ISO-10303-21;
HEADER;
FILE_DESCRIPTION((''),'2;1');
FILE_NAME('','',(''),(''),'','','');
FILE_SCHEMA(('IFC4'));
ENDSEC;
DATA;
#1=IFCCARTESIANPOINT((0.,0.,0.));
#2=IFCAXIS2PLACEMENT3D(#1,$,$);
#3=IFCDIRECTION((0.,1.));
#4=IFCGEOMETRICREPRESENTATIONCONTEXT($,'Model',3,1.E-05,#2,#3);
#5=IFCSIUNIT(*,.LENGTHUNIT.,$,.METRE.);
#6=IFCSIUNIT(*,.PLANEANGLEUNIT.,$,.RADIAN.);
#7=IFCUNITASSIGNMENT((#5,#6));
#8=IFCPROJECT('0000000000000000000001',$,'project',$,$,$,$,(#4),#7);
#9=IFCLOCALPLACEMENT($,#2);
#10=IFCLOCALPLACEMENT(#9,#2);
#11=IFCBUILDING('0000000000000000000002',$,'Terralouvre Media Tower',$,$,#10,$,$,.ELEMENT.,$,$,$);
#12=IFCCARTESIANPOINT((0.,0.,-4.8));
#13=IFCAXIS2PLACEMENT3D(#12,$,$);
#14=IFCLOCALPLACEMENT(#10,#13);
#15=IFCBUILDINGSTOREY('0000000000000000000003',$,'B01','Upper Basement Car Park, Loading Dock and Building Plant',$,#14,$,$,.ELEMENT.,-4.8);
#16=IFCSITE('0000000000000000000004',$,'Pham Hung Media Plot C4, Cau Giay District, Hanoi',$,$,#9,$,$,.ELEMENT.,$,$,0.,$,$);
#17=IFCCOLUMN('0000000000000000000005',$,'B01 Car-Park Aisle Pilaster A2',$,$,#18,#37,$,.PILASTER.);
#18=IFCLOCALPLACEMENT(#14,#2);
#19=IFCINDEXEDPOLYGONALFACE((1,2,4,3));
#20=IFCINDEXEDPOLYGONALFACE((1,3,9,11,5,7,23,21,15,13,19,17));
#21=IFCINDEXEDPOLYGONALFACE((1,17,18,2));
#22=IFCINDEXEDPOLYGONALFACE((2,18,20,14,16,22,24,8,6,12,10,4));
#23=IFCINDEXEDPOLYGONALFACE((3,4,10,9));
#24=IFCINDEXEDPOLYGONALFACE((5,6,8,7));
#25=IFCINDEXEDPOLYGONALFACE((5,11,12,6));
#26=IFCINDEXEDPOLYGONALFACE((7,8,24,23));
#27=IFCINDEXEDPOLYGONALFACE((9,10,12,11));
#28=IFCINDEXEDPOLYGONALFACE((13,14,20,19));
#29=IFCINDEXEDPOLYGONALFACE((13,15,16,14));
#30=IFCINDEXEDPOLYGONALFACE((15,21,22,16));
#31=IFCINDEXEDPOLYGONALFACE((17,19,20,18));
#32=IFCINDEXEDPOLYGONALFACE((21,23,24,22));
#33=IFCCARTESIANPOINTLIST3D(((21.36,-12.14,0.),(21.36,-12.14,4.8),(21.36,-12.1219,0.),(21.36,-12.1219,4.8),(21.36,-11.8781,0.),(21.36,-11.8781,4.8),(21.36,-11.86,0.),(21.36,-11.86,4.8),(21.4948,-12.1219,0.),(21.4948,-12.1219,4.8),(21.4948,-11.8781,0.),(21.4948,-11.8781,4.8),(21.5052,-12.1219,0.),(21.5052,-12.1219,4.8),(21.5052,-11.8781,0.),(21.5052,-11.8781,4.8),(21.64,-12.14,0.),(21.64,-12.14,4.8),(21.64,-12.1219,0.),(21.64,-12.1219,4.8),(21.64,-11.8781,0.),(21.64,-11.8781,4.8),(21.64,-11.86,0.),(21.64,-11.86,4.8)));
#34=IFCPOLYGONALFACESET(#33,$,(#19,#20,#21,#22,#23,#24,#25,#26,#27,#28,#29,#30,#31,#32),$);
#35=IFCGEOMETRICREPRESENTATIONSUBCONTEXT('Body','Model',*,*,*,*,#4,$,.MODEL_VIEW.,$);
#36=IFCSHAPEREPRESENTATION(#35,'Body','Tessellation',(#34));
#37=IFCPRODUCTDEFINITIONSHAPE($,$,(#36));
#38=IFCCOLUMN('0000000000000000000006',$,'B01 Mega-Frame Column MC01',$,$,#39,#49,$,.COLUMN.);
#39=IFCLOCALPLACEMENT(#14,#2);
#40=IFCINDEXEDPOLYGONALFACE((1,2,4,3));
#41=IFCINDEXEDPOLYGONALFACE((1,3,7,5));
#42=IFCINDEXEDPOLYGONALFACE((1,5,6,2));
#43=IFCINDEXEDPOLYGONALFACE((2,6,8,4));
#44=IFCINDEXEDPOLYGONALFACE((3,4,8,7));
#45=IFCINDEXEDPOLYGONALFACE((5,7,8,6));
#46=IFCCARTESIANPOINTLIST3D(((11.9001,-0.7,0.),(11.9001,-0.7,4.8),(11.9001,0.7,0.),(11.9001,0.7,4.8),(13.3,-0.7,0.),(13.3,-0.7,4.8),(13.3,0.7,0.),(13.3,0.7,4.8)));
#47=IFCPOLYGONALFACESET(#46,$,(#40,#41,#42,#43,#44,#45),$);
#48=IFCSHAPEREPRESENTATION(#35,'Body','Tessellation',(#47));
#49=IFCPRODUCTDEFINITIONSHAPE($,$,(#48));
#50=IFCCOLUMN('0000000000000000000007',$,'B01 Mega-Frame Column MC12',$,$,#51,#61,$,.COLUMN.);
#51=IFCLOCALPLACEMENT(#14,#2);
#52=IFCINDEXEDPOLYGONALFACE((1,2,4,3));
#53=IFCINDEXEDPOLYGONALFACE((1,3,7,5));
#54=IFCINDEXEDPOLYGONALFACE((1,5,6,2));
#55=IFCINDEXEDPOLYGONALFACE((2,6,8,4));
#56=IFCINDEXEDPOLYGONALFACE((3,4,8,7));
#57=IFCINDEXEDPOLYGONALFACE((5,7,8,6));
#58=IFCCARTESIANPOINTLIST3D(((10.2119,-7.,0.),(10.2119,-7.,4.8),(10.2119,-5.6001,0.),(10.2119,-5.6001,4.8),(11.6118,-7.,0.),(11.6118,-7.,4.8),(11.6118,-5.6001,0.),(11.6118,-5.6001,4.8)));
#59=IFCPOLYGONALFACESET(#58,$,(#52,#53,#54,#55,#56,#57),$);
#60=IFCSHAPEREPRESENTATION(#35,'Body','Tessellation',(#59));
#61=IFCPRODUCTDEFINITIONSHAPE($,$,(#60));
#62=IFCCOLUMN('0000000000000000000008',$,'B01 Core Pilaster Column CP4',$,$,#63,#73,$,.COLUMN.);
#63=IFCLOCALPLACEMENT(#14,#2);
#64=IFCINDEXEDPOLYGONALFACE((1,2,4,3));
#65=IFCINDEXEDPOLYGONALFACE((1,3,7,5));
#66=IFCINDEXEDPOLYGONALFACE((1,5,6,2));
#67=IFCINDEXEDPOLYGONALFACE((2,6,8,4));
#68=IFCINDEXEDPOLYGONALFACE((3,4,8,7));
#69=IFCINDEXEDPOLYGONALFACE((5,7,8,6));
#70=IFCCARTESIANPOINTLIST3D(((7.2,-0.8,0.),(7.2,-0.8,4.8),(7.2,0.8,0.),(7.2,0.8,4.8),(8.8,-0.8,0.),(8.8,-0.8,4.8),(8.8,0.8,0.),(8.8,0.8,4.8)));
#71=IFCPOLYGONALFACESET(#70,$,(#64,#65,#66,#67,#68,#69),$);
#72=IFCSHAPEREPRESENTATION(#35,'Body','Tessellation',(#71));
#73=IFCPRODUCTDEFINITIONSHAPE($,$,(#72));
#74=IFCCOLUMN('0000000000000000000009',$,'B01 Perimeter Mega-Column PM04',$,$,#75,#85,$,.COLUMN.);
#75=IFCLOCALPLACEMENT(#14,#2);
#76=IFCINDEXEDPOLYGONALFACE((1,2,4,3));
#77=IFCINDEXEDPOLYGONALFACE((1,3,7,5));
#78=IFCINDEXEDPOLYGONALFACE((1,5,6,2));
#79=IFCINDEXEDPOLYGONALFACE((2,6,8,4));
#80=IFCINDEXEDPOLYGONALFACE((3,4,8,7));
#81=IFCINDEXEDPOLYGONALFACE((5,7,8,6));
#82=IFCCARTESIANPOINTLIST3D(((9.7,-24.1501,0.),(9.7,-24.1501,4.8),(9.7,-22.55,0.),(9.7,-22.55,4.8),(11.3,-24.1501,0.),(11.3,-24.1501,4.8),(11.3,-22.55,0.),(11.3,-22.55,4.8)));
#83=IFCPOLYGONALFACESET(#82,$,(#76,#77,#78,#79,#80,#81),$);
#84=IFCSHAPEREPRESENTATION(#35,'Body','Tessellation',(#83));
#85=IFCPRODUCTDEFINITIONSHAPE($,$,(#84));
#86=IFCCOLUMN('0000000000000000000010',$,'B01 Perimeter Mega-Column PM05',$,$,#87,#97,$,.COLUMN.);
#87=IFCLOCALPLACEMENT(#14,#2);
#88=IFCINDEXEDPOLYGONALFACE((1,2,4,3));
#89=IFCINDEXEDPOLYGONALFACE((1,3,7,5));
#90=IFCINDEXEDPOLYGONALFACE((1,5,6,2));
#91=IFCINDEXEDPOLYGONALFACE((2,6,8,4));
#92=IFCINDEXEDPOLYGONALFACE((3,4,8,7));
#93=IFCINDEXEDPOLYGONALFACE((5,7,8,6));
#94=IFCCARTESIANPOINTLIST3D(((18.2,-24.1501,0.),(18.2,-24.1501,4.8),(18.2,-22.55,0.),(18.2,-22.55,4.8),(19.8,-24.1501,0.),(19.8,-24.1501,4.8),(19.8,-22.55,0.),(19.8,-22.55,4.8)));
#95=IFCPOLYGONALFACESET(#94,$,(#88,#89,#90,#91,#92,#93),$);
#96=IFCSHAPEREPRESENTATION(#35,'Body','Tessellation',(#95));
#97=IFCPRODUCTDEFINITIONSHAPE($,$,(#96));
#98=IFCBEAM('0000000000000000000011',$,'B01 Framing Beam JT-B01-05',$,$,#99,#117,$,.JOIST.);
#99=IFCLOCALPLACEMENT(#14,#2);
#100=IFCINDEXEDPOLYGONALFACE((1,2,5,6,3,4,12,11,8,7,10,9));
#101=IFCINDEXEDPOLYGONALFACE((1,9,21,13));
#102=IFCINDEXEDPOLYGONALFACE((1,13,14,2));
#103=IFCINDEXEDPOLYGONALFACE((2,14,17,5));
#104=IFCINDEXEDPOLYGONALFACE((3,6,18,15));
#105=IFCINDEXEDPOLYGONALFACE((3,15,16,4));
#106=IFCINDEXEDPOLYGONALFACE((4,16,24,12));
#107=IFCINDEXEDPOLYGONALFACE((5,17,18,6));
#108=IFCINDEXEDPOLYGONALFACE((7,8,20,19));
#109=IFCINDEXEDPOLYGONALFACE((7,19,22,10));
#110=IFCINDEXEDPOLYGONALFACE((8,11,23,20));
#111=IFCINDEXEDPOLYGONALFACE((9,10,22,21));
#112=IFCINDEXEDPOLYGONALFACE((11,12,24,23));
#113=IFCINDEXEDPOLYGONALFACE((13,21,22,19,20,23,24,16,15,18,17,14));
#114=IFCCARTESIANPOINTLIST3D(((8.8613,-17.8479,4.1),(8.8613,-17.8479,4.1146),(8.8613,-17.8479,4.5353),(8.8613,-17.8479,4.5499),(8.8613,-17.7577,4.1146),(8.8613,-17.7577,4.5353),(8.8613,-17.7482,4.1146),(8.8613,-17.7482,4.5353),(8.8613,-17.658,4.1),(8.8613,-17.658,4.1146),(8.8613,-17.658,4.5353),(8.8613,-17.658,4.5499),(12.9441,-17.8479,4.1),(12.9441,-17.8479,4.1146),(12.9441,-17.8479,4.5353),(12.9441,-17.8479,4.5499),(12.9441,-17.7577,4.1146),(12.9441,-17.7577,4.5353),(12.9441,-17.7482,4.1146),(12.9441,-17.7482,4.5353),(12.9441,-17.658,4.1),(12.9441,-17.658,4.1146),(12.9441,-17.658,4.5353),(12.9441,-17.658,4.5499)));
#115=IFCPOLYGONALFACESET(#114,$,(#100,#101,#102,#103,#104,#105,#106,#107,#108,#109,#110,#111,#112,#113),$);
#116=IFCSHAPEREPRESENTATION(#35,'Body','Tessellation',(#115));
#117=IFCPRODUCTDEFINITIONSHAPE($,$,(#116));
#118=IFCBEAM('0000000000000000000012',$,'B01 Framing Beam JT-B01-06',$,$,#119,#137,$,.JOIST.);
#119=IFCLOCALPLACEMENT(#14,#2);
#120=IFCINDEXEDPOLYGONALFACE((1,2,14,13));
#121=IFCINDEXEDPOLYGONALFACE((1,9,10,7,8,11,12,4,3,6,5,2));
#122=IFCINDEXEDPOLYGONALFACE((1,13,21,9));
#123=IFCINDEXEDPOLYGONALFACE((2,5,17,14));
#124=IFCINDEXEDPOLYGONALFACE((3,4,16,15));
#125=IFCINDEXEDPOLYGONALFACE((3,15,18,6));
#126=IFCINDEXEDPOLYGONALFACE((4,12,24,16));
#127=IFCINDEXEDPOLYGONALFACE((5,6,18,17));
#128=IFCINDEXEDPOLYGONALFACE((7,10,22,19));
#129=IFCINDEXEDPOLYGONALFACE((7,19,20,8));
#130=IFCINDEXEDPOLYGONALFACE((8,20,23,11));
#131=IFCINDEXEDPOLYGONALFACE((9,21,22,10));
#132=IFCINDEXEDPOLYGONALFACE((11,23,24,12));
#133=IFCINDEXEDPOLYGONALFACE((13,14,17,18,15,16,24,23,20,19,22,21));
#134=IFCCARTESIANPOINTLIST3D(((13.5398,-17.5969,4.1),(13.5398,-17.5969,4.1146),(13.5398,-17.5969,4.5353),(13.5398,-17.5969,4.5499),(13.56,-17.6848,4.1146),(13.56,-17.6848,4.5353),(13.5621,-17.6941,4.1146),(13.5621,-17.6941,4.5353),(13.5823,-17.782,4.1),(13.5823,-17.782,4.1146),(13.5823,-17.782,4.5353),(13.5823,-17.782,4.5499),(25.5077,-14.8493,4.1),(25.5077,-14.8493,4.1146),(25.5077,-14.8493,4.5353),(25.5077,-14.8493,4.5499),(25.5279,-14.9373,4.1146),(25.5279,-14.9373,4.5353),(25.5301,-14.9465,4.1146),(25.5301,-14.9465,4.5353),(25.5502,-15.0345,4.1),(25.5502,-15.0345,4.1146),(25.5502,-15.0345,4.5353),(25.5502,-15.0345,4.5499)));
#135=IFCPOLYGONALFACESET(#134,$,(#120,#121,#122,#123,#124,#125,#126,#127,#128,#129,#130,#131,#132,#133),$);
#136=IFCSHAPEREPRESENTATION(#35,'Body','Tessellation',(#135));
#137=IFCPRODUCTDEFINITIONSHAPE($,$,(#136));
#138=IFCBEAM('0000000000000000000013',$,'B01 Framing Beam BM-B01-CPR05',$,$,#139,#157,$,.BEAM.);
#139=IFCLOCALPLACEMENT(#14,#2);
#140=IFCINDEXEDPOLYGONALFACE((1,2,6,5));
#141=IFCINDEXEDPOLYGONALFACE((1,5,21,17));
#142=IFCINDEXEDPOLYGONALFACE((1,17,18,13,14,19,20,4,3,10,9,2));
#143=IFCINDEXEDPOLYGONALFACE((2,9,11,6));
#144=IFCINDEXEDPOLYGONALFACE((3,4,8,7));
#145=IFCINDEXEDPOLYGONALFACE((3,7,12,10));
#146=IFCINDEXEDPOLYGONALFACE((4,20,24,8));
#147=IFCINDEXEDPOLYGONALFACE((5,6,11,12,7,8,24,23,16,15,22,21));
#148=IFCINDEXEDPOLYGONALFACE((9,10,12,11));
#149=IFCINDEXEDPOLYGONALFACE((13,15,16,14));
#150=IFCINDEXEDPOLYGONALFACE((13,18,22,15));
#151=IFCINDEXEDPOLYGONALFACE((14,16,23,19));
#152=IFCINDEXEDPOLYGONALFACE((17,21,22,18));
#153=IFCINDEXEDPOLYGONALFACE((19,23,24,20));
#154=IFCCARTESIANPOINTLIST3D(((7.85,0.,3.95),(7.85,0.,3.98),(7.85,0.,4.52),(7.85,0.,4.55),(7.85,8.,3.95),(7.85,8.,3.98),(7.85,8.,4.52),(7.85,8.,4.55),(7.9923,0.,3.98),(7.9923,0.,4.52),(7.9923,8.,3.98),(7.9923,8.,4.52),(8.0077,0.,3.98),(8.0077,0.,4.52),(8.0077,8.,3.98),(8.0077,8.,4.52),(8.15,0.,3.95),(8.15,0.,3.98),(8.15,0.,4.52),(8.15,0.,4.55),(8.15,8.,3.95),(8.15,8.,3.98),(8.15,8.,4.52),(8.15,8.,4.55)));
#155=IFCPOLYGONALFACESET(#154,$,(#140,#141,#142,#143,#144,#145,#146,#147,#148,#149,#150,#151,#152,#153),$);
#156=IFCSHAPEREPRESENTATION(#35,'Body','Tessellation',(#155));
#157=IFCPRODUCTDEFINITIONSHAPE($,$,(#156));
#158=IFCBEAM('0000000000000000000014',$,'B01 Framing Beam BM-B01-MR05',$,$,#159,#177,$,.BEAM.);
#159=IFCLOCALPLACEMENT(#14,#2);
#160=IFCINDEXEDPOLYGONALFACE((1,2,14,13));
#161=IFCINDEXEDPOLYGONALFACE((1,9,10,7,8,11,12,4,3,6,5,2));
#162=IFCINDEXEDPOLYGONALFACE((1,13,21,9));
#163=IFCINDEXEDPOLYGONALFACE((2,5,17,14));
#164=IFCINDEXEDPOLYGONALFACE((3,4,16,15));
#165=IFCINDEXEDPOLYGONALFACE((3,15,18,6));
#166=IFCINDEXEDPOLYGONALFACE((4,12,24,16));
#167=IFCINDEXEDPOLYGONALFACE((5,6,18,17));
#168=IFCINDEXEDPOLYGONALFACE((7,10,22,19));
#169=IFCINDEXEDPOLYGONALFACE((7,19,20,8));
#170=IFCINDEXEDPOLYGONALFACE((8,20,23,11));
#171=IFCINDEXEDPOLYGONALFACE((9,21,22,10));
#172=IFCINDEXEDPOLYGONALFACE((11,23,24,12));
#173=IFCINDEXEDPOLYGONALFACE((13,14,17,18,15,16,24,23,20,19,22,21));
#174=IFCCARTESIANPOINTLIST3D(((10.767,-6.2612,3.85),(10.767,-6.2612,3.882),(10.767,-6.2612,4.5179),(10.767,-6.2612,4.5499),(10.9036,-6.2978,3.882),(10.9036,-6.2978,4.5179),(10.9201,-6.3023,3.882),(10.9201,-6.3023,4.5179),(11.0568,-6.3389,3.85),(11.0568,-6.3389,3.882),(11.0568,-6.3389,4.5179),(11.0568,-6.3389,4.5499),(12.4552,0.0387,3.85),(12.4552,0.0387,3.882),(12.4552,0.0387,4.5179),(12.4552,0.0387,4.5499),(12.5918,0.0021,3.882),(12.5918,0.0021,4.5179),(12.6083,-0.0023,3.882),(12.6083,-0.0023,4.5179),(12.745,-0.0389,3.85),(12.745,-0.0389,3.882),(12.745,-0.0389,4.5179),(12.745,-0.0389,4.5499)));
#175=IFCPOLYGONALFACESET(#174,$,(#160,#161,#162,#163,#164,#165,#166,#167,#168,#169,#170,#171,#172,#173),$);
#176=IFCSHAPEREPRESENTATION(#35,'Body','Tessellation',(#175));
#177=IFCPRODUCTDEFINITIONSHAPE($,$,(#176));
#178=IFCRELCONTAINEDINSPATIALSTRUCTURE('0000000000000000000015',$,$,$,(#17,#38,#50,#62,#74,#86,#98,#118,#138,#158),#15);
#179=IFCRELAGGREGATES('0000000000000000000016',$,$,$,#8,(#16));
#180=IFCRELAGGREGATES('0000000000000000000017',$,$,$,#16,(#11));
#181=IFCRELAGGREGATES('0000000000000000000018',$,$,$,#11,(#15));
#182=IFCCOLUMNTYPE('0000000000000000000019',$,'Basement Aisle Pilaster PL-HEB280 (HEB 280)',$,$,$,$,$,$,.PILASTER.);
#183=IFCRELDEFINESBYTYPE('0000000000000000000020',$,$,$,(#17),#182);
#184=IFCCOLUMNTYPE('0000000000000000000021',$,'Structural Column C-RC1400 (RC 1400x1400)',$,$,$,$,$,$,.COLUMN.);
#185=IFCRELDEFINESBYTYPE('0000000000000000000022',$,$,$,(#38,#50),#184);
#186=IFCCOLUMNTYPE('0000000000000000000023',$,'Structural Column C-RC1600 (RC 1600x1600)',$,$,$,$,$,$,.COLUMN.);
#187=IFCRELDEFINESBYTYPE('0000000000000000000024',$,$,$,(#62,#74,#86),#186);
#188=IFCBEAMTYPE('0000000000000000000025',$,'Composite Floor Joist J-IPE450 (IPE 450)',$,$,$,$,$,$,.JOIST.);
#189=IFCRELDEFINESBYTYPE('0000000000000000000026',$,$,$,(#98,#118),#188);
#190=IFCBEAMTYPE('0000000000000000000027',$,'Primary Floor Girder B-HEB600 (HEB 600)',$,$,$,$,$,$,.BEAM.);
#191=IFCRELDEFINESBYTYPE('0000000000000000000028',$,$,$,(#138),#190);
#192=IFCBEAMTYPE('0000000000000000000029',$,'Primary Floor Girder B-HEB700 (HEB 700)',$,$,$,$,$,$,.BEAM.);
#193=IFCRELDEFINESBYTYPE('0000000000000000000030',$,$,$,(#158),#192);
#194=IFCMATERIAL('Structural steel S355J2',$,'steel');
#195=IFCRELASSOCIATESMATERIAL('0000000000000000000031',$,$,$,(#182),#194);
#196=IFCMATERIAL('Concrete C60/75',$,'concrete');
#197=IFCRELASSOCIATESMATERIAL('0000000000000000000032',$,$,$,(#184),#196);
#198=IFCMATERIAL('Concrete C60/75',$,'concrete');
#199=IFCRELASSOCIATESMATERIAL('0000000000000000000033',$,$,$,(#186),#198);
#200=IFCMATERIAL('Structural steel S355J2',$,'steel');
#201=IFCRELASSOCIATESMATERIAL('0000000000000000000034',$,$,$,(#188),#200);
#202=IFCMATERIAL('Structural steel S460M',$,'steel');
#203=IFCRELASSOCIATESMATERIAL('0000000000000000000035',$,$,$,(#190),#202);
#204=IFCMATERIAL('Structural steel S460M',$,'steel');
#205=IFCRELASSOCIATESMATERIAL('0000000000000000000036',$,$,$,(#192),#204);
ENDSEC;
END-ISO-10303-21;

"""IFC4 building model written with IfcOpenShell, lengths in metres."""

from ifc_helpers import new_model, si_unit, direction, frame, origin, origin_2d, place, context, subcontext, project, spatial, rectangle, i_section, extrude, material, material_profile, profile_set, type_object, element, save


model = new_model("IFC4")

# Units and contexts
model_context = context("Model", 3, precision=1e-05, world=origin(), true_north=direction((0.0, 1.0)))
body_context = subcontext(model_context, "Body", "Model", "MODEL_VIEW")
ifc_project = project(units=[si_unit("LENGTHUNIT", "METRE"), si_unit("PLANEANGLEUNIT", "RADIAN")], contexts=[model_context])

# Site, building, storey
site_placement = place(None, origin())
site = spatial("IfcSite", under=ifc_project, at=site_placement, Name="Pham Hung Media Plot C4, Cau Giay District, Hanoi", CompositionType="ELEMENT", RefElevation=0.0)
building_placement = place(site_placement, origin())
building = spatial("IfcBuilding", under=site, at=building_placement, Name="Terralouvre Media Tower", CompositionType="ELEMENT")
storey_placement = place(building_placement, frame((0.0, 0.0, -4.8)))
storey = spatial("IfcBuildingStorey", under=building, at=storey_placement, Name="B01", Description="Upper Basement Car Park, Loading Dock and Building Plant", CompositionType="ELEMENT", Elevation=-4.8)

# Columns
ifc_material_1 = material(Name="Structural steel S355J2", Category="steel")
ifc_material_profile_1 = material_profile(ifc_material_1, i_section(OverallWidth=0.28, OverallDepth=0.28, WebThickness=0.0105, FlangeThickness=0.0181, at=origin_2d()), Name="HEB 280")
ifc_profile_set_1 = profile_set([ifc_material_profile_1], Name="Structural steel S355J2")
column_type_1 = type_object("IfcColumnType", Name="Basement Aisle Pilaster PL-HEB280 (HEB 280)", PredefinedType="PILASTER", material=ifc_profile_set_1)
column_placement = place(storey_placement, frame((21.5, -12.0, 0.0), z_axis=(0.0, 0.0, 1.0), x_axis=(1.0, 0.0, 0.0)))
element("IfcColumn", 1, at=column_placement, inside=storey, type_object=column_type_1, Name="B01 Car-Park Aisle Pilaster A2", PredefinedType="PILASTER", context=body_context, shape_type="SweptSolid", body=[
    extrude(i_section(OverallWidth=0.28, OverallDepth=0.28, WebThickness=0.0105, FlangeThickness=0.0181, at=origin_2d()), origin(), (0.0, 0.0, 1.0), 4.8),
])
ifc_material_2 = material(Name="Concrete C60/75", Category="concrete")
ifc_material_profile_2 = material_profile(ifc_material_2, rectangle(XDim=1.3999, YDim=1.3999, at=origin_2d()), Name="RC 1400x1400")
ifc_profile_set_2 = profile_set([ifc_material_profile_2], Name="Concrete C60/75")
column_type_2 = type_object("IfcColumnType", Name="Structural Column C-RC1400 (RC 1400x1400)", PredefinedType="COLUMN", material=ifc_profile_set_2)
for number, where, z_axis, x_axis, name in (
    (2, (12.6001, 0.0, 0.0), (0.0, 0.0, 1.0), (1.0, 0.0, 0.0), "B01 Mega-Frame Column MC01"),
    (3, (10.9119, -6.3, 0.0), (0.0, 0.0, 1.0), (1.0, 0.0, 0.0), "B01 Mega-Frame Column MC12"),
):
    element("IfcColumn", number, at=place(storey_placement, frame(where, z_axis=z_axis, x_axis=x_axis)), inside=storey, type_object=column_type_2, Name=name, PredefinedType="COLUMN", context=body_context, shape_type="SweptSolid", body=[
        extrude(rectangle(XDim=1.3999, YDim=1.3999, at=origin_2d()), origin(), (0.0, 0.0, 1.0), 4.8),
    ])
ifc_material_3 = material(Name="Concrete C60/75", Category="concrete")
ifc_material_profile_3 = material_profile(ifc_material_3, rectangle(XDim=1.6001, YDim=1.6001, at=origin_2d()), Name="RC 1600x1600")
ifc_profile_set_3 = profile_set([ifc_material_profile_3], Name="Concrete C60/75")
column_type_3 = type_object("IfcColumnType", Name="Structural Column C-RC1600 (RC 1600x1600)", PredefinedType="COLUMN", material=ifc_profile_set_3)
for number, where, z_axis, x_axis, name in (
    (4, (8.0, 0.0, 0.0), (0.0, 0.0, 1.0), (1.0, 0.0, 0.0), "B01 Core Pilaster Column CP4"),
    (5, (10.5, -23.3501, 0.0), (0.0, 0.0, 1.0), (1.0, 0.0, 0.0), "B01 Perimeter Mega-Column PM04"),
    (6, (19.0, -23.3501, 0.0), (0.0, 0.0, 1.0), (1.0, 0.0, 0.0), "B01 Perimeter Mega-Column PM05"),
):
    element("IfcColumn", number, at=place(storey_placement, frame(where, z_axis=z_axis, x_axis=x_axis)), inside=storey, type_object=column_type_3, Name=name, PredefinedType="COLUMN", context=body_context, shape_type="SweptSolid", body=[
        extrude(rectangle(XDim=1.6001, YDim=1.6001, at=origin_2d()), origin(), (0.0, 0.0, 1.0), 4.8),
    ])

# Beams
ifc_material_4 = material(Name="Structural steel S355J2", Category="steel")
ifc_material_profile_4 = material_profile(ifc_material_4, i_section(OverallWidth=0.1899, OverallDepth=0.45, WebThickness=0.0095, FlangeThickness=0.0146, at=origin_2d()), Name="IPE 450")
ifc_profile_set_4 = profile_set([ifc_material_profile_4], Name="Structural steel S355J2")
beam_type_1 = type_object("IfcBeamType", Name="Composite Floor Joist J-IPE450 (IPE 450)", PredefinedType="JOIST", material=ifc_profile_set_4)
beam_1_placement = place(storey_placement, frame((8.8613, -17.7529, 4.325), z_axis=(1.0, 0.0, 0.0), x_axis=(0.0, 1.0, 0.0)))
element("IfcBeam", 7, at=beam_1_placement, inside=storey, type_object=beam_type_1, Name="B01 Framing Beam JT-B01-05", PredefinedType="JOIST", context=body_context, shape_type="SweptSolid", body=[
    extrude(i_section(OverallWidth=0.1899, OverallDepth=0.45, WebThickness=0.0095, FlangeThickness=0.0146, at=origin_2d()), origin(), (0.0, 0.0, 1.0), 4.0828),
])
beam_2_placement = place(storey_placement, frame((13.561, -17.6895, 4.325), z_axis=(0.974646, 0.223754, 0.0), x_axis=(-0.223754, 0.974646, 0.0)))
element("IfcBeam", 8, at=beam_2_placement, inside=storey, type_object=beam_type_1, Name="B01 Framing Beam JT-B01-06", PredefinedType="JOIST", context=body_context, shape_type="SweptSolid", body=[
    extrude(i_section(OverallWidth=0.1899, OverallDepth=0.45, WebThickness=0.0095, FlangeThickness=0.0146, at=origin_2d()), origin(), (0.0, 0.0, 1.0), 12.2793),
])
ifc_material_5 = material(Name="Structural steel S460M", Category="steel")
ifc_material_profile_5 = material_profile(ifc_material_5, i_section(OverallWidth=0.3, OverallDepth=0.6001, WebThickness=0.0154, FlangeThickness=0.03, at=origin_2d()), Name="HEB 600")
ifc_profile_set_5 = profile_set([ifc_material_profile_5], Name="Structural steel S460M")
beam_type_2 = type_object("IfcBeamType", Name="Primary Floor Girder B-HEB600 (HEB 600)", PredefinedType="BEAM", material=ifc_profile_set_5)
beam_3_placement = place(storey_placement, frame((8.0, 0.0, 4.25), z_axis=(0.0, 1.0, 0.0), x_axis=(-1.0, 0.0, 0.0)))
element("IfcBeam", 9, at=beam_3_placement, inside=storey, type_object=beam_type_2, Name="B01 Framing Beam BM-B01-CPR05", PredefinedType="BEAM", context=body_context, shape_type="SweptSolid", body=[
    extrude(i_section(OverallWidth=0.3, OverallDepth=0.6001, WebThickness=0.0154, FlangeThickness=0.03, at=origin_2d()), origin(), (0.0, 0.0, 1.0), 8.0),
])
ifc_material_6 = material(Name="Structural steel S460M", Category="steel")
ifc_material_profile_6 = material_profile(ifc_material_6, i_section(OverallWidth=0.3, OverallDepth=0.7, WebThickness=0.0171, FlangeThickness=0.032, at=origin_2d()), Name="HEB 700")
ifc_profile_set_6 = profile_set([ifc_material_profile_6], Name="Structural steel S460M")
beam_type_3 = type_object("IfcBeamType", Name="Primary Floor Girder B-HEB700 (HEB 700)", PredefinedType="BEAM", material=ifc_profile_set_6)
for number, where, z_axis, x_axis, name in (
    (10, (10.9119, -6.3, 4.2), (0.258839, 0.96592, 0.0), (-0.96592, 0.258839, 0.0), "B01 Framing Beam BM-B01-MR05"),
):
    element("IfcBeam", number, at=place(storey_placement, frame(where, z_axis=z_axis, x_axis=x_axis)), inside=storey, type_object=beam_type_3, Name=name, PredefinedType="BEAM", context=body_context, shape_type="SweptSolid", body=[
        extrude(i_section(OverallWidth=0.3, OverallDepth=0.7, WebThickness=0.0171, FlangeThickness=0.032, at=origin_2d()), origin(), (0.0, 0.0, 1.0), 6.5222),
    ])

save(model, "model.ifc")
